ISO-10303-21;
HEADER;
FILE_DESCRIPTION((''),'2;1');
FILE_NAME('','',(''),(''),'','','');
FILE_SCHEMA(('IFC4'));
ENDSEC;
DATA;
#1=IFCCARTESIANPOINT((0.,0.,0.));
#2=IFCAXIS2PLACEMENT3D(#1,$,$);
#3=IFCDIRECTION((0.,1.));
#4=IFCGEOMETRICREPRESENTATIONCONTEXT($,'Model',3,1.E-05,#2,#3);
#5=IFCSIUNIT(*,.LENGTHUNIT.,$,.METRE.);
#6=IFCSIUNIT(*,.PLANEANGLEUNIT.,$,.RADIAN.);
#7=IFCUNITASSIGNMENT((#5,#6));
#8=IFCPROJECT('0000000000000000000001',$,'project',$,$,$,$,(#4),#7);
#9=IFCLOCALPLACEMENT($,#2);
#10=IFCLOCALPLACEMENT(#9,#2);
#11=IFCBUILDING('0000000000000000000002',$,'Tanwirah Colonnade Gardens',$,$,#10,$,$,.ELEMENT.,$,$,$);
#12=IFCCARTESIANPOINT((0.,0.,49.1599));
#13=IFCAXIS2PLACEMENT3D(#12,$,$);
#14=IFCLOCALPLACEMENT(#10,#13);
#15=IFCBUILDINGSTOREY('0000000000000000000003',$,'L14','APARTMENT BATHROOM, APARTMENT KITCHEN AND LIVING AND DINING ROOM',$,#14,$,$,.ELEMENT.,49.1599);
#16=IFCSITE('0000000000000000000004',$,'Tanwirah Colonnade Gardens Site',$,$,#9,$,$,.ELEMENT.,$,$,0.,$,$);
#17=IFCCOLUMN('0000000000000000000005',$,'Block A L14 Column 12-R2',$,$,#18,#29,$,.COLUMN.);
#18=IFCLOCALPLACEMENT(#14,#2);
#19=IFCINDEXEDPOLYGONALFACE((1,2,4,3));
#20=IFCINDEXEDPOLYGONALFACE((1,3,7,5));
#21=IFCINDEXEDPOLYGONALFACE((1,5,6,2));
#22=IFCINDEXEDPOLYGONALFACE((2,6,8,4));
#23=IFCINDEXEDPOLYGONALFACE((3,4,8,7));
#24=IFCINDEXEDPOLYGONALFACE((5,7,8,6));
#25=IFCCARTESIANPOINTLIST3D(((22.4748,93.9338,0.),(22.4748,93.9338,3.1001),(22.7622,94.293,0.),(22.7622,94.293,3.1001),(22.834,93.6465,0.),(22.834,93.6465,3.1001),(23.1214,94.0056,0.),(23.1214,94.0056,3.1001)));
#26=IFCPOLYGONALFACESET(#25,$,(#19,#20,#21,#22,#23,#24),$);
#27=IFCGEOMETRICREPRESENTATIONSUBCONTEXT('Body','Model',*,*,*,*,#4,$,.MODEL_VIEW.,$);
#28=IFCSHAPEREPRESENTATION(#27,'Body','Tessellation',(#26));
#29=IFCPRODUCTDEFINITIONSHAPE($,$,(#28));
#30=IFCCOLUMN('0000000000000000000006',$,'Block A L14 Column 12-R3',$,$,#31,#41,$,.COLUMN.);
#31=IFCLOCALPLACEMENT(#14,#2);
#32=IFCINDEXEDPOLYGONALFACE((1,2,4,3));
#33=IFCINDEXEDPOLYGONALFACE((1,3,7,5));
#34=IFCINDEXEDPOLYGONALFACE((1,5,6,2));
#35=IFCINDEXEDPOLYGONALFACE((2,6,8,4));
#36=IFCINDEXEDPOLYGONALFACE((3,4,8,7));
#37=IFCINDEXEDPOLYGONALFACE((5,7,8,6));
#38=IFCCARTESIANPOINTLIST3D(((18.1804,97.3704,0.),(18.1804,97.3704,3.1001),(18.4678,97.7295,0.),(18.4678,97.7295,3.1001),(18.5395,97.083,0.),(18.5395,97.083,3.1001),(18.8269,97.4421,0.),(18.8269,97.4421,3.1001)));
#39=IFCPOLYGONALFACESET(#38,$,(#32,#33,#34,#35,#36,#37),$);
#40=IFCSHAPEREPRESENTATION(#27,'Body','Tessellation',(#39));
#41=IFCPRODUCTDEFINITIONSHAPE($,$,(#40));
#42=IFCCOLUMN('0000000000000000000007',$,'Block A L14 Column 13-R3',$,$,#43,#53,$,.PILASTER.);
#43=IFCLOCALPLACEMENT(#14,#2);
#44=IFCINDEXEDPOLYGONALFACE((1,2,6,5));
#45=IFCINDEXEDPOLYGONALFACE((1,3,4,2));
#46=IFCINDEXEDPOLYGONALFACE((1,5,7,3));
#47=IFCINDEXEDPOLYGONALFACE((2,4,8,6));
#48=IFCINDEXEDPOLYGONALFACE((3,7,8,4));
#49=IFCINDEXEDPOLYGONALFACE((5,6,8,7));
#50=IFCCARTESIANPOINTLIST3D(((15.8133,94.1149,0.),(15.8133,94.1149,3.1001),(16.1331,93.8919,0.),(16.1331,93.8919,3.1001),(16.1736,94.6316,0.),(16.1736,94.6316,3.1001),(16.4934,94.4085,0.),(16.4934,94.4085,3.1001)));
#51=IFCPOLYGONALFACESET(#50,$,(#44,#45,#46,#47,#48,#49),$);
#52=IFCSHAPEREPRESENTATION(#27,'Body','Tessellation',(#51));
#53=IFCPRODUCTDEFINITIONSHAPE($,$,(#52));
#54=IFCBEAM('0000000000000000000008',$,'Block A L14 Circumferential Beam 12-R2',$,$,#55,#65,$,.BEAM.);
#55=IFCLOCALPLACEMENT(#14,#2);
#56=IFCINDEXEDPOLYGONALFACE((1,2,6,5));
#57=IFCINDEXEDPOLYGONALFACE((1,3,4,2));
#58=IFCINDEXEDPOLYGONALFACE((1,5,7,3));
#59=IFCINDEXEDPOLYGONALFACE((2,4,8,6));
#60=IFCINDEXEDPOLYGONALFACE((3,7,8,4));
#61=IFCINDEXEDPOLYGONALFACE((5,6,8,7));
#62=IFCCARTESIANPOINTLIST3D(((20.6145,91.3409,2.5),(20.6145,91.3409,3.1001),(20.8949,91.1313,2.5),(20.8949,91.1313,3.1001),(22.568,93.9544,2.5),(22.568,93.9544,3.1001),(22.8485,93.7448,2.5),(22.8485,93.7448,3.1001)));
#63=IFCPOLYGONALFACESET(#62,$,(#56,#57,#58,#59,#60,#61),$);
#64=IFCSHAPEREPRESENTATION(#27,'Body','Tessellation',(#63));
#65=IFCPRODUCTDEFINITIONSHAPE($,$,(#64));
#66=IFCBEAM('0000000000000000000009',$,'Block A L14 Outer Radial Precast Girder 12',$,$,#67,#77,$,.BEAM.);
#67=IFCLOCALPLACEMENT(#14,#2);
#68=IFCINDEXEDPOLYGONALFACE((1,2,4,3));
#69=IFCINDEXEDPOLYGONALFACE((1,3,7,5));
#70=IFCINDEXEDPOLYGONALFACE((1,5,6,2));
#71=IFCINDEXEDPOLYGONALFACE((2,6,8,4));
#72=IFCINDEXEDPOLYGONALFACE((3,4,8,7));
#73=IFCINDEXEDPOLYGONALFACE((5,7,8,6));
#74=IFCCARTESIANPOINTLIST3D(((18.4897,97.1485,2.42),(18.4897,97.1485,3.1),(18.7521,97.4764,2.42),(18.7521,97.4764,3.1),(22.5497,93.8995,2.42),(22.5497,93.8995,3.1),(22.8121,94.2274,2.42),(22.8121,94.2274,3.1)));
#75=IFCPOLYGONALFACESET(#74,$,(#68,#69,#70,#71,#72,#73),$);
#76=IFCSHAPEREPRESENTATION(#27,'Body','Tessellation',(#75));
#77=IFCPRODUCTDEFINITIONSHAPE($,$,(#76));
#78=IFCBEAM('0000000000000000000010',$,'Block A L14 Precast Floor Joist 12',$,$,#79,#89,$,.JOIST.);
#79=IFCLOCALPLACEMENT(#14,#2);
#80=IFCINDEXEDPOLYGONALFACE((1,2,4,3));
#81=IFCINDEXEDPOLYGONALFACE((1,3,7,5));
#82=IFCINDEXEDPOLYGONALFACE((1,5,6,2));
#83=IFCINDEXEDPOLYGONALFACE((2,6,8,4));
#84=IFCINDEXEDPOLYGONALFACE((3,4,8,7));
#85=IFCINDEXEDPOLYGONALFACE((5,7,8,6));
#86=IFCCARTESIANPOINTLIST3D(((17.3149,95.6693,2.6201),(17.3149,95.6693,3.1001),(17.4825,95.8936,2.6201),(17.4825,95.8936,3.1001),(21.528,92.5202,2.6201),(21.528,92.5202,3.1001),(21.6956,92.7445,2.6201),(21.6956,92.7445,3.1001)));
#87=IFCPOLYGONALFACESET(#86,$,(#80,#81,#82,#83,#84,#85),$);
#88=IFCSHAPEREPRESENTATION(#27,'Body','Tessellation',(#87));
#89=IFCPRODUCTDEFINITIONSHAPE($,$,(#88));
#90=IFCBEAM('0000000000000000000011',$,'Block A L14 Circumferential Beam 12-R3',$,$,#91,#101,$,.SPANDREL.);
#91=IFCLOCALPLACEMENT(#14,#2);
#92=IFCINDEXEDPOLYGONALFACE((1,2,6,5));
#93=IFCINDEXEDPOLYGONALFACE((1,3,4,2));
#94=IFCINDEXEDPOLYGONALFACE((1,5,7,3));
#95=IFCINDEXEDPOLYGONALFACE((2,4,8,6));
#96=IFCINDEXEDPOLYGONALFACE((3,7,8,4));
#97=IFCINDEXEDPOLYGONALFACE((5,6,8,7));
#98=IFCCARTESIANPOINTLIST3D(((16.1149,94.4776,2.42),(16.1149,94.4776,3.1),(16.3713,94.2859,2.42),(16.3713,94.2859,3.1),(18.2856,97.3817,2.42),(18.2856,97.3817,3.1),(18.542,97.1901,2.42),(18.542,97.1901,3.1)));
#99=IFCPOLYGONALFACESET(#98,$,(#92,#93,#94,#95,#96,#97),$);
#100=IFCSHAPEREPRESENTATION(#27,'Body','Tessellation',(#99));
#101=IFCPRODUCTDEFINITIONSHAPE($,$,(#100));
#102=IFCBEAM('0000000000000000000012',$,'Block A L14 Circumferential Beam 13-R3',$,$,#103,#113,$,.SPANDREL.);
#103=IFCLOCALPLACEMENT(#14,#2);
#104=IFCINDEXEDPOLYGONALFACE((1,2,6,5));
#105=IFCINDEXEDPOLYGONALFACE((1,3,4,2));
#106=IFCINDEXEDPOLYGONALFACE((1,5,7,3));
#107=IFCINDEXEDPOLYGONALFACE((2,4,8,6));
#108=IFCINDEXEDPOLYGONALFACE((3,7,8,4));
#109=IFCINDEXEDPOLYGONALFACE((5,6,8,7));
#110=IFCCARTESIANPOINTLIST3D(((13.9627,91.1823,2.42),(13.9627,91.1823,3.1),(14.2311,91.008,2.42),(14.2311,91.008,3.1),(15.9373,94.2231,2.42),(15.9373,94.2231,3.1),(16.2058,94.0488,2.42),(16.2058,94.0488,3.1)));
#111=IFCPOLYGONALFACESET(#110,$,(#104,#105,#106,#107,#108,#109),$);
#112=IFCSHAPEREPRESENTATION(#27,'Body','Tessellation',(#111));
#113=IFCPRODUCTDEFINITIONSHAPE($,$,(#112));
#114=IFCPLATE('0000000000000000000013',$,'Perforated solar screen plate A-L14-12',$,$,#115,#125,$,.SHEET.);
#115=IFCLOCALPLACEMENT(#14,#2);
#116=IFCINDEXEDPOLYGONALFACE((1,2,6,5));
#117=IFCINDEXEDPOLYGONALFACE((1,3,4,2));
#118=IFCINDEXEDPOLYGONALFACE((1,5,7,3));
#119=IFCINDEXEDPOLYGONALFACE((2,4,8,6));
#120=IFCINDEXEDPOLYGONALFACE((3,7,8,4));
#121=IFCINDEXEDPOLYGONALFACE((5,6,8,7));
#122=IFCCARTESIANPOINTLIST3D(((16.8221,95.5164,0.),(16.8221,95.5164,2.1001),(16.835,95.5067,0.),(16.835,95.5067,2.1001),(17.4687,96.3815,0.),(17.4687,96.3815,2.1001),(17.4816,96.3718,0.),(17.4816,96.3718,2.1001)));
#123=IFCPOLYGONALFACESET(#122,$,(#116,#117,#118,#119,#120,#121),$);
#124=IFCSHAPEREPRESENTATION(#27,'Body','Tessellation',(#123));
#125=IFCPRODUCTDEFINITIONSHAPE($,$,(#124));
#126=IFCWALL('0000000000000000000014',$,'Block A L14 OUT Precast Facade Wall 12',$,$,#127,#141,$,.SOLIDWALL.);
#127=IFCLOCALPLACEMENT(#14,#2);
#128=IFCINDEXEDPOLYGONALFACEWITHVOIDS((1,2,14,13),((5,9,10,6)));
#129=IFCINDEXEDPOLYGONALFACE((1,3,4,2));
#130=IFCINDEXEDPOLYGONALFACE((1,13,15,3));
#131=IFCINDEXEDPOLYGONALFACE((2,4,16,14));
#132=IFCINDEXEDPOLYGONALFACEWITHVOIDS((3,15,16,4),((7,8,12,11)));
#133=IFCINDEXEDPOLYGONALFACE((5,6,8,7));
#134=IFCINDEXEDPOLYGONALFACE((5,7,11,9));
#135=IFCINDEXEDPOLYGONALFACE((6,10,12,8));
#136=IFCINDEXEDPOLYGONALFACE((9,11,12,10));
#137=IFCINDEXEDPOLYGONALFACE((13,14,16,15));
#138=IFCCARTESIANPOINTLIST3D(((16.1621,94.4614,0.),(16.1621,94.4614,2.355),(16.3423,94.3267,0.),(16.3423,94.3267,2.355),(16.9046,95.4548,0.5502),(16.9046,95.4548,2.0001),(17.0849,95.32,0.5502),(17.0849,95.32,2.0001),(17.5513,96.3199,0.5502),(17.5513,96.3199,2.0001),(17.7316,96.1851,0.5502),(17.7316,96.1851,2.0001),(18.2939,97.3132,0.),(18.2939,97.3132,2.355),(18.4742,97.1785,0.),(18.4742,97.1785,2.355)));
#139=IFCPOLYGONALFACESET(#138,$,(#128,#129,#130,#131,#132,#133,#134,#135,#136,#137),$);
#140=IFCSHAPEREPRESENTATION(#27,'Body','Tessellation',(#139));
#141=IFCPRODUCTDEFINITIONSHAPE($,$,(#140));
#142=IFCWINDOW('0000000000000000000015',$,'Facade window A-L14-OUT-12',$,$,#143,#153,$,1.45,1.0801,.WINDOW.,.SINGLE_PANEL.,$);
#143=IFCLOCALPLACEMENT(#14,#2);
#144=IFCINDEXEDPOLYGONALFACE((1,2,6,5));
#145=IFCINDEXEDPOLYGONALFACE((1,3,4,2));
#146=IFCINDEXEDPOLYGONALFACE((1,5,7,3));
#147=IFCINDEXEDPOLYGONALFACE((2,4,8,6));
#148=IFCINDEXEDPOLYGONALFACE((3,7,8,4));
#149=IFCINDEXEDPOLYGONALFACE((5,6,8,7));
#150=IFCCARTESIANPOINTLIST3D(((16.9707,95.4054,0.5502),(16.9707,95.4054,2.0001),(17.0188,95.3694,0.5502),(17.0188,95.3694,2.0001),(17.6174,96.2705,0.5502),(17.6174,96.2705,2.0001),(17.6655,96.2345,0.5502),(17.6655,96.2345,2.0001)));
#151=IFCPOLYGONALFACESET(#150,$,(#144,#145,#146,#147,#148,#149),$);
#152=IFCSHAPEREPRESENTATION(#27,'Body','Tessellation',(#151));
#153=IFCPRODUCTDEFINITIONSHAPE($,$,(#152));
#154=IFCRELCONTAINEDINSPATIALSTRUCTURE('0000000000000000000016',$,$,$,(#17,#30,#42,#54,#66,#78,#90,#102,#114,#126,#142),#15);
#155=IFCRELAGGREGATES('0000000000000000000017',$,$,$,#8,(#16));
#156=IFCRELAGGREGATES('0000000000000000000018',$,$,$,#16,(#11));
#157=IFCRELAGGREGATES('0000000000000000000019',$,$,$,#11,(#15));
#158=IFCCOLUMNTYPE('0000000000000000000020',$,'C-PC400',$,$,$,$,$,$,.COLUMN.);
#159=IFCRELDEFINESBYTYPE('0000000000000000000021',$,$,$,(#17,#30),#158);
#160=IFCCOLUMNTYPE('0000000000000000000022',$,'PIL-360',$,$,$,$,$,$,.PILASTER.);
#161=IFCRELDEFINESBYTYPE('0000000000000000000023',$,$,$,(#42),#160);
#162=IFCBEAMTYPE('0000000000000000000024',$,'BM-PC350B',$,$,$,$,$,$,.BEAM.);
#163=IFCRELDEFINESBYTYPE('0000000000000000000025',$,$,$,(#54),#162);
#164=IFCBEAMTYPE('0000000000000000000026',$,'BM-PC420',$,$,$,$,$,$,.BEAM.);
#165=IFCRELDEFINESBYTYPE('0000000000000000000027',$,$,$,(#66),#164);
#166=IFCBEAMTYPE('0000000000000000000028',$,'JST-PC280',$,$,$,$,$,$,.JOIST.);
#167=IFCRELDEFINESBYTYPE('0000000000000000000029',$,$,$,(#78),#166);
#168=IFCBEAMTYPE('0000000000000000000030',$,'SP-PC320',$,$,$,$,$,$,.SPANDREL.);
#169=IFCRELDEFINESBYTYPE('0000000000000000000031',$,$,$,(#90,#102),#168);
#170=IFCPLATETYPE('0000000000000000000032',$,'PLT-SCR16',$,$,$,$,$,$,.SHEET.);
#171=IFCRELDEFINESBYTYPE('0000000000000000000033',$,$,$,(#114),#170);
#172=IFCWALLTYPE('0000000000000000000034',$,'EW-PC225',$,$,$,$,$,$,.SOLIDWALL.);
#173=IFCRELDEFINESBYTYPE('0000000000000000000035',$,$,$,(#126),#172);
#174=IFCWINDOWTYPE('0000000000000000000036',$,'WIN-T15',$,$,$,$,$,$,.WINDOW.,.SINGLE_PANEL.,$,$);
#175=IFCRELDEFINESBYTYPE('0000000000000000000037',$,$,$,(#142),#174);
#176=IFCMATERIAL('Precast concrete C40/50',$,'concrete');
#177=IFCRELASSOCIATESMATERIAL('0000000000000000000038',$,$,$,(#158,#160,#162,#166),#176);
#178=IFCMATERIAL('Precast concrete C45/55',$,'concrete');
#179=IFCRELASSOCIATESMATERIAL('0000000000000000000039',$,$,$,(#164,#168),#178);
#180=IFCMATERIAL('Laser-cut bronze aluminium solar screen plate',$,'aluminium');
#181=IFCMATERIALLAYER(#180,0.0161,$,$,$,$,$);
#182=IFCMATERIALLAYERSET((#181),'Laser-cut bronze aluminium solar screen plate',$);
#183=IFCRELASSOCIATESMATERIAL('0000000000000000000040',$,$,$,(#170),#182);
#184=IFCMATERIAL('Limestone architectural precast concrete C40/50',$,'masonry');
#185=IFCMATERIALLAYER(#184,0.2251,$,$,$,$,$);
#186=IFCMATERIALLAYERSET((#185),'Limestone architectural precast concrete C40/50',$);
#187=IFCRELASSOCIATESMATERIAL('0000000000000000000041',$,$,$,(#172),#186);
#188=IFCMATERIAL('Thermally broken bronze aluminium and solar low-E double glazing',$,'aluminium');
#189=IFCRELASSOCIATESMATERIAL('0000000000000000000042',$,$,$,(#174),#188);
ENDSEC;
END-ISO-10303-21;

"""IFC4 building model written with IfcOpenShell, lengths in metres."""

from ifc_helpers import new_model, si_unit, direction, frame, frame_2d, origin, origin_2d, place, context, subcontext, project, spatial, rectangle, extrude, material, layer, layer_set, material_profile, profile_set, type_object, element, fill, save


model = new_model("IFC4")

# Units and contexts
model_context = context("Model", 3, precision=1e-05, world=origin(), true_north=direction((0.0, 1.0)))
body_context = subcontext(model_context, "Body", "Model", "MODEL_VIEW")
ifc_project = project(units=[si_unit("LENGTHUNIT", "METRE"), si_unit("PLANEANGLEUNIT", "RADIAN")], contexts=[model_context])

# Site, building, storey
site_placement = place(None, origin())
site = spatial("IfcSite", under=ifc_project, at=site_placement, Name="Tanwirah Colonnade Gardens Site", CompositionType="ELEMENT", RefElevation=0.0)
building_placement = place(site_placement, origin())
building = spatial("IfcBuilding", under=site, at=building_placement, Name="Tanwirah Colonnade Gardens", CompositionType="ELEMENT")
storey_placement = place(building_placement, frame((0.0, 0.0, 49.1599)))
storey = spatial("IfcBuildingStorey", under=building, at=storey_placement, Name="L14", Description="APARTMENT BATHROOM, APARTMENT KITCHEN AND LIVING AND DINING ROOM", CompositionType="ELEMENT", Elevation=49.1599)

# Columns
ifc_material_1 = material(Name="Precast concrete C40/50", Category="concrete")
ifc_material_profile_1 = material_profile(ifc_material_1, rectangle(XDim=0.46, YDim=0.46, at=origin_2d()), Name="PC-COL 460x460")
ifc_profile_set_1 = profile_set([ifc_material_profile_1], Name="Precast concrete C40/50")
column_type_1 = type_object("IfcColumnType", Name="C-PC400", PredefinedType="COLUMN", material=ifc_profile_set_1)
for number, where, z_axis, x_axis, name in (
    (1, (22.7981, 93.9697, 0.0), (0.0, 0.0, 1.0), (-0.780794, 0.624788, 0.0), "Block A L14 Column 12-R2"),
    (2, (18.5037, 97.4062, 0.0), (0.0, 0.0, 1.0), (-0.780794, 0.624788, 0.0), "Block A L14 Column 12-R3"),
):
    element("IfcColumn", number, at=place(storey_placement, frame(where, z_axis=z_axis, x_axis=x_axis)), inside=storey, type_object=column_type_1, Name=name, PredefinedType="COLUMN", context=body_context, shape_type="SweptSolid", body=[
        extrude(rectangle(XDim=0.46, YDim=0.46, at=origin_2d()), origin(), (0.0, 0.0, 1.0), 3.1001),
    ])
ifc_material_profile_2 = material_profile(ifc_material_1, rectangle(XDim=0.3899, YDim=0.6299, at=origin_2d()), Name="PC-PIL 390x630")
ifc_profile_set_2 = profile_set([ifc_material_profile_2], Name="Precast concrete C40/50")
column_type_2 = type_object("IfcColumnType", Name="PIL-360", PredefinedType="PILASTER", material=ifc_profile_set_2)
column_placement = place(storey_placement, frame((16.1533, 94.2617, 0.0), z_axis=(0.0, 0.0, 1.0), x_axis=(-0.820263, 0.571987, 0.0)))
element("IfcColumn", 3, at=column_placement, inside=storey, type_object=column_type_2, Name="Block A L14 Column 13-R3", PredefinedType="PILASTER", context=body_context, shape_type="SweptSolid", body=[
    extrude(rectangle(XDim=0.3899, YDim=0.6299, at=origin_2d()), origin(), (0.0, 0.0, 1.0), 3.1001),
])

# Beams
ifc_material_profile_3 = material_profile(ifc_material_1, rectangle(XDim=0.3501, YDim=0.6001, at=origin_2d()), Name="PC-BM 350x600")
ifc_profile_set_3 = profile_set([ifc_material_profile_3], Name="Precast concrete C40/50")
beam_type_1 = type_object("IfcBeamType", Name="BM-PC350B", PredefinedType="BEAM", material=ifc_profile_set_3)
beam_1_placement = place(storey_placement, frame((22.7083, 93.8496, 2.8), z_axis=(-0.598718, -0.80096, 0.0), x_axis=(0.80096, -0.598718, 0.0)))
element("IfcBeam", 4, at=beam_1_placement, inside=storey, type_object=beam_type_1, Name="Block A L14 Circumferential Beam 12-R2", PredefinedType="BEAM", context=body_context, shape_type="SweptSolid", body=[
    extrude(rectangle(XDim=0.3501, YDim=0.6001, at=origin_2d()), origin(), (0.0, 0.0, 1.0), 3.2629),
])
ifc_material_2 = material(Name="Precast concrete C45/55", Category="concrete")
ifc_material_profile_4 = material_profile(ifc_material_2, rectangle(XDim=0.4199, YDim=0.6799, at=origin_2d()), Name="PC-BM 420x680")
ifc_profile_set_4 = profile_set([ifc_material_profile_4], Name="Precast concrete C45/55")
beam_type_2 = type_object("IfcBeamType", Name="BM-PC420", PredefinedType="BEAM", material=ifc_profile_set_4)
beam_2_placement = place(storey_placement, frame((22.6809, 94.0635, 2.76), z_axis=(-0.780777, 0.62481, 0.0), x_axis=(-0.62481, -0.780777, 0.0)))
element("IfcBeam", 5, at=beam_2_placement, inside=storey, type_object=beam_type_2, Name="Block A L14 Outer Radial Precast Girder 12", PredefinedType="BEAM", context=body_context, shape_type="SweptSolid", body=[
    extrude(rectangle(XDim=0.4199, YDim=0.6799, at=origin_2d()), origin(), (0.0, 0.0, 1.0), 5.2),
])
ifc_material_profile_5 = material_profile(ifc_material_1, rectangle(XDim=0.28, YDim=0.48, at=origin_2d()), Name="PC-JST 280x480")
ifc_profile_set_5 = profile_set([ifc_material_profile_5], Name="Precast concrete C40/50")
beam_type_3 = type_object("IfcBeamType", Name="JST-PC280", PredefinedType="JOIST", material=ifc_profile_set_5)
beam_3_placement = place(storey_placement, frame((21.6118, 92.6323, 2.8601), z_axis=(-0.800974, 0.5987, 0.0), x_axis=(-0.5987, -0.800974, 0.0)))
element("IfcBeam", 6, at=beam_3_placement, inside=storey, type_object=beam_type_3, Name="Block A L14 Precast Floor Joist 12", PredefinedType="JOIST", context=body_context, shape_type="SweptSolid", body=[
    extrude(rectangle(XDim=0.28, YDim=0.48, at=origin_2d()), origin(), (0.0, 0.0, 1.0), 5.26),
])
ifc_material_profile_6 = material_profile(ifc_material_2, rectangle(XDim=0.3201, YDim=0.6799, at=origin_2d()), Name="PC-SP 320x680")
ifc_profile_set_6 = profile_set([ifc_material_profile_6], Name="Precast concrete C45/55")
beam_type_4 = type_object("IfcBeamType", Name="SP-PC320", PredefinedType="SPANDREL", material=ifc_profile_set_6)
for number, where, z_axis, x_axis, name in (
    (7, (18.4138, 97.2859, 2.76), (-0.598696, -0.800977, 0.0), (0.800977, -0.598696, 0.0), "Block A L14 Circumferential Beam 12-R3"),
    (8, (16.0715, 94.136, 2.76), (-0.544621, -0.838682, 0.0), (0.838682, -0.544621, 0.0), "Block A L14 Circumferential Beam 13-R3"),
):
    element("IfcBeam", number, at=place(storey_placement, frame(where, z_axis=z_axis, x_axis=x_axis)), inside=storey, type_object=beam_type_4, Name=name, PredefinedType="SPANDREL", context=body_context, shape_type="SweptSolid", body=[
        extrude(rectangle(XDim=0.3201, YDim=0.6799, at=origin_2d()), origin(), (0.0, 0.0, 1.0), 3.6257),
    ])

# Plate
ifc_material_3 = material(Name="Laser-cut bronze aluminium solar screen plate", Category="aluminium")
ifc_layer_1 = layer(ifc_material_3, 0.0161)
ifc_layer_set_1 = layer_set([ifc_layer_1], Name="Laser-cut bronze aluminium solar screen plate")
plate_type = type_object("IfcPlateType", Name="PLT-SCR16", PredefinedType="SHEET", material=ifc_layer_set_1)
plate_placement = place(storey_placement, frame((17.1519, 95.9441, 0.0), z_axis=(0.0, 0.0, 1.0), x_axis=(-0.598712, -0.800965, 0.0)))
element("IfcPlate", 9, at=plate_placement, inside=storey, type_object=plate_type, Name="Perforated solar screen plate A-L14-12", PredefinedType="SHEET", context=body_context, shape_type="SweptSolid", body=[
    extrude(rectangle(XDim=1.0801, YDim=0.0161, at=origin_2d()), origin(), (0.0, 0.0, 1.0), 2.1001),
])

# Wall, opening, window
ifc_material_4 = material(Name="Limestone architectural precast concrete C40/50", Category="masonry")
ifc_layer_2 = layer(ifc_material_4, 0.2251)
ifc_layer_set_2 = layer_set([ifc_layer_2], Name="Limestone architectural precast concrete C40/50")
wall_type_1 = type_object("IfcWallType", Name="EW-PC225", PredefinedType="SOLIDWALL", material=ifc_layer_set_2)
wall_1_placement = place(storey_placement, frame((18.384, 97.2458, 0.0), z_axis=(0.0, 0.0, 1.0), x_axis=(-0.598738, -0.800945, 0.0)))
wall_1 = element("IfcWall", 10, at=wall_1_placement, inside=storey, type_object=wall_type_1, Name="Block A L14 OUT Precast Facade Wall 12", PredefinedType="SOLIDWALL", context=body_context, shape_type="SweptSolid", body=[
    extrude(rectangle(XDim=3.5605, YDim=0.2251, at=frame_2d((1.7803, 0.0))), origin(), (0.0, 0.0, 1.0), 2.355),
])
opening_1_placement = place(wall_1_placement, frame((1.2402, 0.0, 0.55)))
opening_1 = element("IfcOpeningElement", 11, at=opening_1_placement, cuts=wall_1, PredefinedType="OPENING", context=body_context, shape_type="SweptSolid", body=[
    extrude(rectangle(XDim=1.0801, YDim=1.45, at=frame_2d((0.54, 0.7251))), frame((0.0, 0.1226, 0.0), z_axis=(0.0, -1.0, 0.0), x_axis=(1.0, 0.0, 0.0)), (0.0, 0.0, 1.0), 0.2451),
])
ifc_material_5 = material(Name="Thermally broken bronze aluminium and solar low-E double glazing", Category="aluminium")
window_type = type_object("IfcWindowType", Name="WIN-T15", PartitioningType="SINGLE_PANEL", PredefinedType="WINDOW", material=ifc_material_5)
window_placement = place(opening_1_placement, origin())
window = element("IfcWindow", 12, at=window_placement, inside=storey, type_object=window_type, Name="Facade window A-L14-OUT-12", OverallHeight=1.45, OverallWidth=1.0801, PartitioningType="SINGLE_PANEL", PredefinedType="WINDOW", context=body_context, shape_type="SweptSolid", body=[
    extrude(rectangle(XDim=1.0801, YDim=1.45, at=frame_2d((0.54, 0.7251))), frame((0.0, 0.03, 0.0), z_axis=(0.0, -1.0, 0.0), x_axis=(1.0, 0.0, 0.0)), (0.0, 0.0, 1.0), 0.0601),
])
fill(opening_1, window)

save(model, "model.ifc")
